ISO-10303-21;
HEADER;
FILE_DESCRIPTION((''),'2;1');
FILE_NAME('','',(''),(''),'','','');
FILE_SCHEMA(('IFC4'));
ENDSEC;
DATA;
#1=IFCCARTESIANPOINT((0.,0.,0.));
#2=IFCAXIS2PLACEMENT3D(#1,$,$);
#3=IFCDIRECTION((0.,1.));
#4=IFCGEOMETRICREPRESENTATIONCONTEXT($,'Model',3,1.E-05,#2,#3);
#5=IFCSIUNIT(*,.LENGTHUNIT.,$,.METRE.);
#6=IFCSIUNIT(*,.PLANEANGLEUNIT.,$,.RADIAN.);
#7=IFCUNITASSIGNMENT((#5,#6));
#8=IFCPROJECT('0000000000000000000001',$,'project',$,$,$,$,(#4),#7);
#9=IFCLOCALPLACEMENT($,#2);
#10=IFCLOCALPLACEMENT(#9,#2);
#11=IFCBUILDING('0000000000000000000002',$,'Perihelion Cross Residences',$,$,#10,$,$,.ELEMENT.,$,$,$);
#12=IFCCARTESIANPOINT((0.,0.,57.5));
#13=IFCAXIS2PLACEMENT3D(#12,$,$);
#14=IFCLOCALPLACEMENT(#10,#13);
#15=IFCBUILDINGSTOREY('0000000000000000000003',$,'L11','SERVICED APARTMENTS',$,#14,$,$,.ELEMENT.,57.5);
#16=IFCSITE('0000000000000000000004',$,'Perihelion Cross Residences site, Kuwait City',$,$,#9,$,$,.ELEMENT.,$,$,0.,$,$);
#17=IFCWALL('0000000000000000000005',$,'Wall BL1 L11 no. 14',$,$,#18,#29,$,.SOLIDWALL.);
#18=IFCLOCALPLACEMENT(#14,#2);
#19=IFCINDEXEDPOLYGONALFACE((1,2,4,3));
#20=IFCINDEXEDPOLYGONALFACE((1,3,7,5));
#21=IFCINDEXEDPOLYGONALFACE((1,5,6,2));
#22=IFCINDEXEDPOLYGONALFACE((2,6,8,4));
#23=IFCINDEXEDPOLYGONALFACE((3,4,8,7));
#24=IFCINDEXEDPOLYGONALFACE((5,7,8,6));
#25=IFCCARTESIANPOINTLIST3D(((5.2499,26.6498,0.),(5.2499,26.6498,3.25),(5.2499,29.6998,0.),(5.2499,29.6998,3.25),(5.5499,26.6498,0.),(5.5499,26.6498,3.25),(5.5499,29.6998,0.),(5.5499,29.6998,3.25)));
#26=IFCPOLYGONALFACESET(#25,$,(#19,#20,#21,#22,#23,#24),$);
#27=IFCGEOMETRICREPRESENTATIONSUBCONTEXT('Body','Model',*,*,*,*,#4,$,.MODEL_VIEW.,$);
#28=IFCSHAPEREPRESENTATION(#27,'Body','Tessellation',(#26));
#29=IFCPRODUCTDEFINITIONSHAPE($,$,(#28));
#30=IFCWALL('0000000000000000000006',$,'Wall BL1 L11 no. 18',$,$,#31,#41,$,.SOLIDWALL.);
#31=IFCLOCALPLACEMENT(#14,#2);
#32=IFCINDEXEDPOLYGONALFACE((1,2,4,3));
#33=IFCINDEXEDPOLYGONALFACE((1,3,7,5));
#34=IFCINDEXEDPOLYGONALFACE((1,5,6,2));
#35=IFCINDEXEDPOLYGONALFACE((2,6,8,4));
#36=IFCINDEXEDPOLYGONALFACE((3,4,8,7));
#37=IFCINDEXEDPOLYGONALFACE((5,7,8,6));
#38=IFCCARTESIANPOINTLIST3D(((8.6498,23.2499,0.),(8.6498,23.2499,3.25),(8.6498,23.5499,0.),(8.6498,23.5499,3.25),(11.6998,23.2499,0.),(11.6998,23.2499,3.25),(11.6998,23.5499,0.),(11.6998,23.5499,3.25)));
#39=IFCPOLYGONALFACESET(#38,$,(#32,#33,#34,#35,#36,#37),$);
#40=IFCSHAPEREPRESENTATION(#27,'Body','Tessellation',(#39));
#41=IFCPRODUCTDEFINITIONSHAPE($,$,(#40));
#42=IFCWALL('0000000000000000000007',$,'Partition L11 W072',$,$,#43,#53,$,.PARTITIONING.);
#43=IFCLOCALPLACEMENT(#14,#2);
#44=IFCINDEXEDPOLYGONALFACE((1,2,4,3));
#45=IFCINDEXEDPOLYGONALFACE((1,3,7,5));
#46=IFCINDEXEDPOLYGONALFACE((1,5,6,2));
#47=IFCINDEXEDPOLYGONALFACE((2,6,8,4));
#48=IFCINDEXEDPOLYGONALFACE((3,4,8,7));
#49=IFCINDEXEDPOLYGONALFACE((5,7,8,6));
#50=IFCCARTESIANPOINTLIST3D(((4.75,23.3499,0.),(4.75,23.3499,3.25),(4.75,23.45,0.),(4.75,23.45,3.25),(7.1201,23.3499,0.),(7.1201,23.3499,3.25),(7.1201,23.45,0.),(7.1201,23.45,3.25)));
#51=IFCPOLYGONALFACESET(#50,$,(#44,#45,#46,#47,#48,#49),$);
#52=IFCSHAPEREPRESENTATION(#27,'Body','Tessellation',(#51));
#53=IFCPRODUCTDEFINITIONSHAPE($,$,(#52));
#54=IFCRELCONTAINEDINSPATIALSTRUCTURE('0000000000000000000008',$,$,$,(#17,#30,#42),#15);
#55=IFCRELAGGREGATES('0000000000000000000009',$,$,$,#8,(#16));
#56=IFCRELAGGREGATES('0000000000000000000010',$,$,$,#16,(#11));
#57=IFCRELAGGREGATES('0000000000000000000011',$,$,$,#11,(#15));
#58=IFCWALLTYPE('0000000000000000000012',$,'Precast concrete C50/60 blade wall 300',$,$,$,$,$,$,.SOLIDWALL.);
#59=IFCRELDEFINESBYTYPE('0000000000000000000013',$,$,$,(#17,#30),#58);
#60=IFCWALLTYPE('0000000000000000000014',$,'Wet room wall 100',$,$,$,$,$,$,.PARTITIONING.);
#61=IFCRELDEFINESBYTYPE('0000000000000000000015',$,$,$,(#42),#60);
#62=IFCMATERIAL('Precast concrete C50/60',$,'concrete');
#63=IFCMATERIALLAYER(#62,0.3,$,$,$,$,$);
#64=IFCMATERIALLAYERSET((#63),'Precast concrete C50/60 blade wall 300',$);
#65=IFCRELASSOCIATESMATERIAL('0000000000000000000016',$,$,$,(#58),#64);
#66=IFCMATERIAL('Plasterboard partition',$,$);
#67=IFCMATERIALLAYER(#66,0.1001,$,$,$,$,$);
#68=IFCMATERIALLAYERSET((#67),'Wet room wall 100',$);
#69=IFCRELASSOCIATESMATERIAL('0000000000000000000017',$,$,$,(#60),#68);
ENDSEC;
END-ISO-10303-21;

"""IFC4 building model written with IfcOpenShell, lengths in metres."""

from ifc_helpers import new_model, si_unit, direction, frame, frame_2d, origin, place, context, subcontext, project, spatial, rectangle, extrude, material, layer, layer_set, type_object, element, save


model = new_model("IFC4")

# Units and contexts
model_context = context("Model", 3, precision=1e-05, world=origin(), true_north=direction((0.0, 1.0)))
body_context = subcontext(model_context, "Body", "Model", "MODEL_VIEW")
ifc_project = project(units=[si_unit("LENGTHUNIT", "METRE"), si_unit("PLANEANGLEUNIT", "RADIAN")], contexts=[model_context])

# Site, building, storey
site_placement = place(None, origin())
site = spatial("IfcSite", under=ifc_project, at=site_placement, Name="Perihelion Cross Residences site, Kuwait City", CompositionType="ELEMENT", RefElevation=0.0)
building_placement = place(site_placement, origin())
building = spatial("IfcBuilding", under=site, at=building_placement, Name="Perihelion Cross Residences", CompositionType="ELEMENT")
storey_placement = place(building_placement, frame((0.0, 0.0, 57.5)))
storey = spatial("IfcBuildingStorey", under=building, at=storey_placement, Name="L11", Description="SERVICED APARTMENTS", CompositionType="ELEMENT", Elevation=57.5)

# Walls
ifc_material_1 = material(Name="Precast concrete C50/60", Category="concrete")
ifc_layer_1 = layer(ifc_material_1, 0.3)
ifc_layer_set_1 = layer_set([ifc_layer_1], Name="Precast concrete C50/60 blade wall 300")
wall_type_1 = type_object("IfcWallType", Name="Precast concrete C50/60 blade wall 300", PredefinedType="SOLIDWALL", material=ifc_layer_set_1)
for number, where, z_axis, x_axis, name in (
    (1, (5.3999, 26.6499, 0.0), (0.0, 0.0, 1.0), (0.0, 1.0, 0.0), "Wall BL1 L11 no. 14"),
    (2, (8.6499, 23.3999, 0.0), (0.0, 0.0, 1.0), (1.0, 0.0, 0.0), "Wall BL1 L11 no. 18"),
):
    element("IfcWall", number, at=place(storey_placement, frame(where, z_axis=z_axis, x_axis=x_axis)), inside=storey, type_object=wall_type_1, Name=name, PredefinedType="SOLIDWALL", context=body_context, shape_type="SweptSolid", body=[
        extrude(rectangle(XDim=3.05, YDim=0.3, at=frame_2d((1.5249, 0.0))), origin(), (0.0, 0.0, 1.0), 3.25),
    ])
ifc_material_2 = material(Name="Plasterboard partition")
ifc_layer_2 = layer(ifc_material_2, 0.1001)
ifc_layer_set_2 = layer_set([ifc_layer_2], Name="Wet room wall 100")
wall_type_2 = type_object("IfcWallType", Name="Wet room wall 100", PredefinedType="PARTITIONING", material=ifc_layer_set_2)
wall_1_placement = place(storey_placement, frame((4.75, 23.3999, 0.0), z_axis=(0.0, 0.0, 1.0), x_axis=(1.0, 0.0, 0.0)))
element("IfcWall", 3, at=wall_1_placement, inside=storey, type_object=wall_type_2, Name="Partition L11 W072", PredefinedType="PARTITIONING", context=body_context, shape_type="SweptSolid", body=[
    extrude(rectangle(XDim=2.3701, YDim=0.1001, at=frame_2d((1.1851, 0.0))), origin(), (0.0, 0.0, 1.0), 3.25),
])

save(model, "model.ifc")
